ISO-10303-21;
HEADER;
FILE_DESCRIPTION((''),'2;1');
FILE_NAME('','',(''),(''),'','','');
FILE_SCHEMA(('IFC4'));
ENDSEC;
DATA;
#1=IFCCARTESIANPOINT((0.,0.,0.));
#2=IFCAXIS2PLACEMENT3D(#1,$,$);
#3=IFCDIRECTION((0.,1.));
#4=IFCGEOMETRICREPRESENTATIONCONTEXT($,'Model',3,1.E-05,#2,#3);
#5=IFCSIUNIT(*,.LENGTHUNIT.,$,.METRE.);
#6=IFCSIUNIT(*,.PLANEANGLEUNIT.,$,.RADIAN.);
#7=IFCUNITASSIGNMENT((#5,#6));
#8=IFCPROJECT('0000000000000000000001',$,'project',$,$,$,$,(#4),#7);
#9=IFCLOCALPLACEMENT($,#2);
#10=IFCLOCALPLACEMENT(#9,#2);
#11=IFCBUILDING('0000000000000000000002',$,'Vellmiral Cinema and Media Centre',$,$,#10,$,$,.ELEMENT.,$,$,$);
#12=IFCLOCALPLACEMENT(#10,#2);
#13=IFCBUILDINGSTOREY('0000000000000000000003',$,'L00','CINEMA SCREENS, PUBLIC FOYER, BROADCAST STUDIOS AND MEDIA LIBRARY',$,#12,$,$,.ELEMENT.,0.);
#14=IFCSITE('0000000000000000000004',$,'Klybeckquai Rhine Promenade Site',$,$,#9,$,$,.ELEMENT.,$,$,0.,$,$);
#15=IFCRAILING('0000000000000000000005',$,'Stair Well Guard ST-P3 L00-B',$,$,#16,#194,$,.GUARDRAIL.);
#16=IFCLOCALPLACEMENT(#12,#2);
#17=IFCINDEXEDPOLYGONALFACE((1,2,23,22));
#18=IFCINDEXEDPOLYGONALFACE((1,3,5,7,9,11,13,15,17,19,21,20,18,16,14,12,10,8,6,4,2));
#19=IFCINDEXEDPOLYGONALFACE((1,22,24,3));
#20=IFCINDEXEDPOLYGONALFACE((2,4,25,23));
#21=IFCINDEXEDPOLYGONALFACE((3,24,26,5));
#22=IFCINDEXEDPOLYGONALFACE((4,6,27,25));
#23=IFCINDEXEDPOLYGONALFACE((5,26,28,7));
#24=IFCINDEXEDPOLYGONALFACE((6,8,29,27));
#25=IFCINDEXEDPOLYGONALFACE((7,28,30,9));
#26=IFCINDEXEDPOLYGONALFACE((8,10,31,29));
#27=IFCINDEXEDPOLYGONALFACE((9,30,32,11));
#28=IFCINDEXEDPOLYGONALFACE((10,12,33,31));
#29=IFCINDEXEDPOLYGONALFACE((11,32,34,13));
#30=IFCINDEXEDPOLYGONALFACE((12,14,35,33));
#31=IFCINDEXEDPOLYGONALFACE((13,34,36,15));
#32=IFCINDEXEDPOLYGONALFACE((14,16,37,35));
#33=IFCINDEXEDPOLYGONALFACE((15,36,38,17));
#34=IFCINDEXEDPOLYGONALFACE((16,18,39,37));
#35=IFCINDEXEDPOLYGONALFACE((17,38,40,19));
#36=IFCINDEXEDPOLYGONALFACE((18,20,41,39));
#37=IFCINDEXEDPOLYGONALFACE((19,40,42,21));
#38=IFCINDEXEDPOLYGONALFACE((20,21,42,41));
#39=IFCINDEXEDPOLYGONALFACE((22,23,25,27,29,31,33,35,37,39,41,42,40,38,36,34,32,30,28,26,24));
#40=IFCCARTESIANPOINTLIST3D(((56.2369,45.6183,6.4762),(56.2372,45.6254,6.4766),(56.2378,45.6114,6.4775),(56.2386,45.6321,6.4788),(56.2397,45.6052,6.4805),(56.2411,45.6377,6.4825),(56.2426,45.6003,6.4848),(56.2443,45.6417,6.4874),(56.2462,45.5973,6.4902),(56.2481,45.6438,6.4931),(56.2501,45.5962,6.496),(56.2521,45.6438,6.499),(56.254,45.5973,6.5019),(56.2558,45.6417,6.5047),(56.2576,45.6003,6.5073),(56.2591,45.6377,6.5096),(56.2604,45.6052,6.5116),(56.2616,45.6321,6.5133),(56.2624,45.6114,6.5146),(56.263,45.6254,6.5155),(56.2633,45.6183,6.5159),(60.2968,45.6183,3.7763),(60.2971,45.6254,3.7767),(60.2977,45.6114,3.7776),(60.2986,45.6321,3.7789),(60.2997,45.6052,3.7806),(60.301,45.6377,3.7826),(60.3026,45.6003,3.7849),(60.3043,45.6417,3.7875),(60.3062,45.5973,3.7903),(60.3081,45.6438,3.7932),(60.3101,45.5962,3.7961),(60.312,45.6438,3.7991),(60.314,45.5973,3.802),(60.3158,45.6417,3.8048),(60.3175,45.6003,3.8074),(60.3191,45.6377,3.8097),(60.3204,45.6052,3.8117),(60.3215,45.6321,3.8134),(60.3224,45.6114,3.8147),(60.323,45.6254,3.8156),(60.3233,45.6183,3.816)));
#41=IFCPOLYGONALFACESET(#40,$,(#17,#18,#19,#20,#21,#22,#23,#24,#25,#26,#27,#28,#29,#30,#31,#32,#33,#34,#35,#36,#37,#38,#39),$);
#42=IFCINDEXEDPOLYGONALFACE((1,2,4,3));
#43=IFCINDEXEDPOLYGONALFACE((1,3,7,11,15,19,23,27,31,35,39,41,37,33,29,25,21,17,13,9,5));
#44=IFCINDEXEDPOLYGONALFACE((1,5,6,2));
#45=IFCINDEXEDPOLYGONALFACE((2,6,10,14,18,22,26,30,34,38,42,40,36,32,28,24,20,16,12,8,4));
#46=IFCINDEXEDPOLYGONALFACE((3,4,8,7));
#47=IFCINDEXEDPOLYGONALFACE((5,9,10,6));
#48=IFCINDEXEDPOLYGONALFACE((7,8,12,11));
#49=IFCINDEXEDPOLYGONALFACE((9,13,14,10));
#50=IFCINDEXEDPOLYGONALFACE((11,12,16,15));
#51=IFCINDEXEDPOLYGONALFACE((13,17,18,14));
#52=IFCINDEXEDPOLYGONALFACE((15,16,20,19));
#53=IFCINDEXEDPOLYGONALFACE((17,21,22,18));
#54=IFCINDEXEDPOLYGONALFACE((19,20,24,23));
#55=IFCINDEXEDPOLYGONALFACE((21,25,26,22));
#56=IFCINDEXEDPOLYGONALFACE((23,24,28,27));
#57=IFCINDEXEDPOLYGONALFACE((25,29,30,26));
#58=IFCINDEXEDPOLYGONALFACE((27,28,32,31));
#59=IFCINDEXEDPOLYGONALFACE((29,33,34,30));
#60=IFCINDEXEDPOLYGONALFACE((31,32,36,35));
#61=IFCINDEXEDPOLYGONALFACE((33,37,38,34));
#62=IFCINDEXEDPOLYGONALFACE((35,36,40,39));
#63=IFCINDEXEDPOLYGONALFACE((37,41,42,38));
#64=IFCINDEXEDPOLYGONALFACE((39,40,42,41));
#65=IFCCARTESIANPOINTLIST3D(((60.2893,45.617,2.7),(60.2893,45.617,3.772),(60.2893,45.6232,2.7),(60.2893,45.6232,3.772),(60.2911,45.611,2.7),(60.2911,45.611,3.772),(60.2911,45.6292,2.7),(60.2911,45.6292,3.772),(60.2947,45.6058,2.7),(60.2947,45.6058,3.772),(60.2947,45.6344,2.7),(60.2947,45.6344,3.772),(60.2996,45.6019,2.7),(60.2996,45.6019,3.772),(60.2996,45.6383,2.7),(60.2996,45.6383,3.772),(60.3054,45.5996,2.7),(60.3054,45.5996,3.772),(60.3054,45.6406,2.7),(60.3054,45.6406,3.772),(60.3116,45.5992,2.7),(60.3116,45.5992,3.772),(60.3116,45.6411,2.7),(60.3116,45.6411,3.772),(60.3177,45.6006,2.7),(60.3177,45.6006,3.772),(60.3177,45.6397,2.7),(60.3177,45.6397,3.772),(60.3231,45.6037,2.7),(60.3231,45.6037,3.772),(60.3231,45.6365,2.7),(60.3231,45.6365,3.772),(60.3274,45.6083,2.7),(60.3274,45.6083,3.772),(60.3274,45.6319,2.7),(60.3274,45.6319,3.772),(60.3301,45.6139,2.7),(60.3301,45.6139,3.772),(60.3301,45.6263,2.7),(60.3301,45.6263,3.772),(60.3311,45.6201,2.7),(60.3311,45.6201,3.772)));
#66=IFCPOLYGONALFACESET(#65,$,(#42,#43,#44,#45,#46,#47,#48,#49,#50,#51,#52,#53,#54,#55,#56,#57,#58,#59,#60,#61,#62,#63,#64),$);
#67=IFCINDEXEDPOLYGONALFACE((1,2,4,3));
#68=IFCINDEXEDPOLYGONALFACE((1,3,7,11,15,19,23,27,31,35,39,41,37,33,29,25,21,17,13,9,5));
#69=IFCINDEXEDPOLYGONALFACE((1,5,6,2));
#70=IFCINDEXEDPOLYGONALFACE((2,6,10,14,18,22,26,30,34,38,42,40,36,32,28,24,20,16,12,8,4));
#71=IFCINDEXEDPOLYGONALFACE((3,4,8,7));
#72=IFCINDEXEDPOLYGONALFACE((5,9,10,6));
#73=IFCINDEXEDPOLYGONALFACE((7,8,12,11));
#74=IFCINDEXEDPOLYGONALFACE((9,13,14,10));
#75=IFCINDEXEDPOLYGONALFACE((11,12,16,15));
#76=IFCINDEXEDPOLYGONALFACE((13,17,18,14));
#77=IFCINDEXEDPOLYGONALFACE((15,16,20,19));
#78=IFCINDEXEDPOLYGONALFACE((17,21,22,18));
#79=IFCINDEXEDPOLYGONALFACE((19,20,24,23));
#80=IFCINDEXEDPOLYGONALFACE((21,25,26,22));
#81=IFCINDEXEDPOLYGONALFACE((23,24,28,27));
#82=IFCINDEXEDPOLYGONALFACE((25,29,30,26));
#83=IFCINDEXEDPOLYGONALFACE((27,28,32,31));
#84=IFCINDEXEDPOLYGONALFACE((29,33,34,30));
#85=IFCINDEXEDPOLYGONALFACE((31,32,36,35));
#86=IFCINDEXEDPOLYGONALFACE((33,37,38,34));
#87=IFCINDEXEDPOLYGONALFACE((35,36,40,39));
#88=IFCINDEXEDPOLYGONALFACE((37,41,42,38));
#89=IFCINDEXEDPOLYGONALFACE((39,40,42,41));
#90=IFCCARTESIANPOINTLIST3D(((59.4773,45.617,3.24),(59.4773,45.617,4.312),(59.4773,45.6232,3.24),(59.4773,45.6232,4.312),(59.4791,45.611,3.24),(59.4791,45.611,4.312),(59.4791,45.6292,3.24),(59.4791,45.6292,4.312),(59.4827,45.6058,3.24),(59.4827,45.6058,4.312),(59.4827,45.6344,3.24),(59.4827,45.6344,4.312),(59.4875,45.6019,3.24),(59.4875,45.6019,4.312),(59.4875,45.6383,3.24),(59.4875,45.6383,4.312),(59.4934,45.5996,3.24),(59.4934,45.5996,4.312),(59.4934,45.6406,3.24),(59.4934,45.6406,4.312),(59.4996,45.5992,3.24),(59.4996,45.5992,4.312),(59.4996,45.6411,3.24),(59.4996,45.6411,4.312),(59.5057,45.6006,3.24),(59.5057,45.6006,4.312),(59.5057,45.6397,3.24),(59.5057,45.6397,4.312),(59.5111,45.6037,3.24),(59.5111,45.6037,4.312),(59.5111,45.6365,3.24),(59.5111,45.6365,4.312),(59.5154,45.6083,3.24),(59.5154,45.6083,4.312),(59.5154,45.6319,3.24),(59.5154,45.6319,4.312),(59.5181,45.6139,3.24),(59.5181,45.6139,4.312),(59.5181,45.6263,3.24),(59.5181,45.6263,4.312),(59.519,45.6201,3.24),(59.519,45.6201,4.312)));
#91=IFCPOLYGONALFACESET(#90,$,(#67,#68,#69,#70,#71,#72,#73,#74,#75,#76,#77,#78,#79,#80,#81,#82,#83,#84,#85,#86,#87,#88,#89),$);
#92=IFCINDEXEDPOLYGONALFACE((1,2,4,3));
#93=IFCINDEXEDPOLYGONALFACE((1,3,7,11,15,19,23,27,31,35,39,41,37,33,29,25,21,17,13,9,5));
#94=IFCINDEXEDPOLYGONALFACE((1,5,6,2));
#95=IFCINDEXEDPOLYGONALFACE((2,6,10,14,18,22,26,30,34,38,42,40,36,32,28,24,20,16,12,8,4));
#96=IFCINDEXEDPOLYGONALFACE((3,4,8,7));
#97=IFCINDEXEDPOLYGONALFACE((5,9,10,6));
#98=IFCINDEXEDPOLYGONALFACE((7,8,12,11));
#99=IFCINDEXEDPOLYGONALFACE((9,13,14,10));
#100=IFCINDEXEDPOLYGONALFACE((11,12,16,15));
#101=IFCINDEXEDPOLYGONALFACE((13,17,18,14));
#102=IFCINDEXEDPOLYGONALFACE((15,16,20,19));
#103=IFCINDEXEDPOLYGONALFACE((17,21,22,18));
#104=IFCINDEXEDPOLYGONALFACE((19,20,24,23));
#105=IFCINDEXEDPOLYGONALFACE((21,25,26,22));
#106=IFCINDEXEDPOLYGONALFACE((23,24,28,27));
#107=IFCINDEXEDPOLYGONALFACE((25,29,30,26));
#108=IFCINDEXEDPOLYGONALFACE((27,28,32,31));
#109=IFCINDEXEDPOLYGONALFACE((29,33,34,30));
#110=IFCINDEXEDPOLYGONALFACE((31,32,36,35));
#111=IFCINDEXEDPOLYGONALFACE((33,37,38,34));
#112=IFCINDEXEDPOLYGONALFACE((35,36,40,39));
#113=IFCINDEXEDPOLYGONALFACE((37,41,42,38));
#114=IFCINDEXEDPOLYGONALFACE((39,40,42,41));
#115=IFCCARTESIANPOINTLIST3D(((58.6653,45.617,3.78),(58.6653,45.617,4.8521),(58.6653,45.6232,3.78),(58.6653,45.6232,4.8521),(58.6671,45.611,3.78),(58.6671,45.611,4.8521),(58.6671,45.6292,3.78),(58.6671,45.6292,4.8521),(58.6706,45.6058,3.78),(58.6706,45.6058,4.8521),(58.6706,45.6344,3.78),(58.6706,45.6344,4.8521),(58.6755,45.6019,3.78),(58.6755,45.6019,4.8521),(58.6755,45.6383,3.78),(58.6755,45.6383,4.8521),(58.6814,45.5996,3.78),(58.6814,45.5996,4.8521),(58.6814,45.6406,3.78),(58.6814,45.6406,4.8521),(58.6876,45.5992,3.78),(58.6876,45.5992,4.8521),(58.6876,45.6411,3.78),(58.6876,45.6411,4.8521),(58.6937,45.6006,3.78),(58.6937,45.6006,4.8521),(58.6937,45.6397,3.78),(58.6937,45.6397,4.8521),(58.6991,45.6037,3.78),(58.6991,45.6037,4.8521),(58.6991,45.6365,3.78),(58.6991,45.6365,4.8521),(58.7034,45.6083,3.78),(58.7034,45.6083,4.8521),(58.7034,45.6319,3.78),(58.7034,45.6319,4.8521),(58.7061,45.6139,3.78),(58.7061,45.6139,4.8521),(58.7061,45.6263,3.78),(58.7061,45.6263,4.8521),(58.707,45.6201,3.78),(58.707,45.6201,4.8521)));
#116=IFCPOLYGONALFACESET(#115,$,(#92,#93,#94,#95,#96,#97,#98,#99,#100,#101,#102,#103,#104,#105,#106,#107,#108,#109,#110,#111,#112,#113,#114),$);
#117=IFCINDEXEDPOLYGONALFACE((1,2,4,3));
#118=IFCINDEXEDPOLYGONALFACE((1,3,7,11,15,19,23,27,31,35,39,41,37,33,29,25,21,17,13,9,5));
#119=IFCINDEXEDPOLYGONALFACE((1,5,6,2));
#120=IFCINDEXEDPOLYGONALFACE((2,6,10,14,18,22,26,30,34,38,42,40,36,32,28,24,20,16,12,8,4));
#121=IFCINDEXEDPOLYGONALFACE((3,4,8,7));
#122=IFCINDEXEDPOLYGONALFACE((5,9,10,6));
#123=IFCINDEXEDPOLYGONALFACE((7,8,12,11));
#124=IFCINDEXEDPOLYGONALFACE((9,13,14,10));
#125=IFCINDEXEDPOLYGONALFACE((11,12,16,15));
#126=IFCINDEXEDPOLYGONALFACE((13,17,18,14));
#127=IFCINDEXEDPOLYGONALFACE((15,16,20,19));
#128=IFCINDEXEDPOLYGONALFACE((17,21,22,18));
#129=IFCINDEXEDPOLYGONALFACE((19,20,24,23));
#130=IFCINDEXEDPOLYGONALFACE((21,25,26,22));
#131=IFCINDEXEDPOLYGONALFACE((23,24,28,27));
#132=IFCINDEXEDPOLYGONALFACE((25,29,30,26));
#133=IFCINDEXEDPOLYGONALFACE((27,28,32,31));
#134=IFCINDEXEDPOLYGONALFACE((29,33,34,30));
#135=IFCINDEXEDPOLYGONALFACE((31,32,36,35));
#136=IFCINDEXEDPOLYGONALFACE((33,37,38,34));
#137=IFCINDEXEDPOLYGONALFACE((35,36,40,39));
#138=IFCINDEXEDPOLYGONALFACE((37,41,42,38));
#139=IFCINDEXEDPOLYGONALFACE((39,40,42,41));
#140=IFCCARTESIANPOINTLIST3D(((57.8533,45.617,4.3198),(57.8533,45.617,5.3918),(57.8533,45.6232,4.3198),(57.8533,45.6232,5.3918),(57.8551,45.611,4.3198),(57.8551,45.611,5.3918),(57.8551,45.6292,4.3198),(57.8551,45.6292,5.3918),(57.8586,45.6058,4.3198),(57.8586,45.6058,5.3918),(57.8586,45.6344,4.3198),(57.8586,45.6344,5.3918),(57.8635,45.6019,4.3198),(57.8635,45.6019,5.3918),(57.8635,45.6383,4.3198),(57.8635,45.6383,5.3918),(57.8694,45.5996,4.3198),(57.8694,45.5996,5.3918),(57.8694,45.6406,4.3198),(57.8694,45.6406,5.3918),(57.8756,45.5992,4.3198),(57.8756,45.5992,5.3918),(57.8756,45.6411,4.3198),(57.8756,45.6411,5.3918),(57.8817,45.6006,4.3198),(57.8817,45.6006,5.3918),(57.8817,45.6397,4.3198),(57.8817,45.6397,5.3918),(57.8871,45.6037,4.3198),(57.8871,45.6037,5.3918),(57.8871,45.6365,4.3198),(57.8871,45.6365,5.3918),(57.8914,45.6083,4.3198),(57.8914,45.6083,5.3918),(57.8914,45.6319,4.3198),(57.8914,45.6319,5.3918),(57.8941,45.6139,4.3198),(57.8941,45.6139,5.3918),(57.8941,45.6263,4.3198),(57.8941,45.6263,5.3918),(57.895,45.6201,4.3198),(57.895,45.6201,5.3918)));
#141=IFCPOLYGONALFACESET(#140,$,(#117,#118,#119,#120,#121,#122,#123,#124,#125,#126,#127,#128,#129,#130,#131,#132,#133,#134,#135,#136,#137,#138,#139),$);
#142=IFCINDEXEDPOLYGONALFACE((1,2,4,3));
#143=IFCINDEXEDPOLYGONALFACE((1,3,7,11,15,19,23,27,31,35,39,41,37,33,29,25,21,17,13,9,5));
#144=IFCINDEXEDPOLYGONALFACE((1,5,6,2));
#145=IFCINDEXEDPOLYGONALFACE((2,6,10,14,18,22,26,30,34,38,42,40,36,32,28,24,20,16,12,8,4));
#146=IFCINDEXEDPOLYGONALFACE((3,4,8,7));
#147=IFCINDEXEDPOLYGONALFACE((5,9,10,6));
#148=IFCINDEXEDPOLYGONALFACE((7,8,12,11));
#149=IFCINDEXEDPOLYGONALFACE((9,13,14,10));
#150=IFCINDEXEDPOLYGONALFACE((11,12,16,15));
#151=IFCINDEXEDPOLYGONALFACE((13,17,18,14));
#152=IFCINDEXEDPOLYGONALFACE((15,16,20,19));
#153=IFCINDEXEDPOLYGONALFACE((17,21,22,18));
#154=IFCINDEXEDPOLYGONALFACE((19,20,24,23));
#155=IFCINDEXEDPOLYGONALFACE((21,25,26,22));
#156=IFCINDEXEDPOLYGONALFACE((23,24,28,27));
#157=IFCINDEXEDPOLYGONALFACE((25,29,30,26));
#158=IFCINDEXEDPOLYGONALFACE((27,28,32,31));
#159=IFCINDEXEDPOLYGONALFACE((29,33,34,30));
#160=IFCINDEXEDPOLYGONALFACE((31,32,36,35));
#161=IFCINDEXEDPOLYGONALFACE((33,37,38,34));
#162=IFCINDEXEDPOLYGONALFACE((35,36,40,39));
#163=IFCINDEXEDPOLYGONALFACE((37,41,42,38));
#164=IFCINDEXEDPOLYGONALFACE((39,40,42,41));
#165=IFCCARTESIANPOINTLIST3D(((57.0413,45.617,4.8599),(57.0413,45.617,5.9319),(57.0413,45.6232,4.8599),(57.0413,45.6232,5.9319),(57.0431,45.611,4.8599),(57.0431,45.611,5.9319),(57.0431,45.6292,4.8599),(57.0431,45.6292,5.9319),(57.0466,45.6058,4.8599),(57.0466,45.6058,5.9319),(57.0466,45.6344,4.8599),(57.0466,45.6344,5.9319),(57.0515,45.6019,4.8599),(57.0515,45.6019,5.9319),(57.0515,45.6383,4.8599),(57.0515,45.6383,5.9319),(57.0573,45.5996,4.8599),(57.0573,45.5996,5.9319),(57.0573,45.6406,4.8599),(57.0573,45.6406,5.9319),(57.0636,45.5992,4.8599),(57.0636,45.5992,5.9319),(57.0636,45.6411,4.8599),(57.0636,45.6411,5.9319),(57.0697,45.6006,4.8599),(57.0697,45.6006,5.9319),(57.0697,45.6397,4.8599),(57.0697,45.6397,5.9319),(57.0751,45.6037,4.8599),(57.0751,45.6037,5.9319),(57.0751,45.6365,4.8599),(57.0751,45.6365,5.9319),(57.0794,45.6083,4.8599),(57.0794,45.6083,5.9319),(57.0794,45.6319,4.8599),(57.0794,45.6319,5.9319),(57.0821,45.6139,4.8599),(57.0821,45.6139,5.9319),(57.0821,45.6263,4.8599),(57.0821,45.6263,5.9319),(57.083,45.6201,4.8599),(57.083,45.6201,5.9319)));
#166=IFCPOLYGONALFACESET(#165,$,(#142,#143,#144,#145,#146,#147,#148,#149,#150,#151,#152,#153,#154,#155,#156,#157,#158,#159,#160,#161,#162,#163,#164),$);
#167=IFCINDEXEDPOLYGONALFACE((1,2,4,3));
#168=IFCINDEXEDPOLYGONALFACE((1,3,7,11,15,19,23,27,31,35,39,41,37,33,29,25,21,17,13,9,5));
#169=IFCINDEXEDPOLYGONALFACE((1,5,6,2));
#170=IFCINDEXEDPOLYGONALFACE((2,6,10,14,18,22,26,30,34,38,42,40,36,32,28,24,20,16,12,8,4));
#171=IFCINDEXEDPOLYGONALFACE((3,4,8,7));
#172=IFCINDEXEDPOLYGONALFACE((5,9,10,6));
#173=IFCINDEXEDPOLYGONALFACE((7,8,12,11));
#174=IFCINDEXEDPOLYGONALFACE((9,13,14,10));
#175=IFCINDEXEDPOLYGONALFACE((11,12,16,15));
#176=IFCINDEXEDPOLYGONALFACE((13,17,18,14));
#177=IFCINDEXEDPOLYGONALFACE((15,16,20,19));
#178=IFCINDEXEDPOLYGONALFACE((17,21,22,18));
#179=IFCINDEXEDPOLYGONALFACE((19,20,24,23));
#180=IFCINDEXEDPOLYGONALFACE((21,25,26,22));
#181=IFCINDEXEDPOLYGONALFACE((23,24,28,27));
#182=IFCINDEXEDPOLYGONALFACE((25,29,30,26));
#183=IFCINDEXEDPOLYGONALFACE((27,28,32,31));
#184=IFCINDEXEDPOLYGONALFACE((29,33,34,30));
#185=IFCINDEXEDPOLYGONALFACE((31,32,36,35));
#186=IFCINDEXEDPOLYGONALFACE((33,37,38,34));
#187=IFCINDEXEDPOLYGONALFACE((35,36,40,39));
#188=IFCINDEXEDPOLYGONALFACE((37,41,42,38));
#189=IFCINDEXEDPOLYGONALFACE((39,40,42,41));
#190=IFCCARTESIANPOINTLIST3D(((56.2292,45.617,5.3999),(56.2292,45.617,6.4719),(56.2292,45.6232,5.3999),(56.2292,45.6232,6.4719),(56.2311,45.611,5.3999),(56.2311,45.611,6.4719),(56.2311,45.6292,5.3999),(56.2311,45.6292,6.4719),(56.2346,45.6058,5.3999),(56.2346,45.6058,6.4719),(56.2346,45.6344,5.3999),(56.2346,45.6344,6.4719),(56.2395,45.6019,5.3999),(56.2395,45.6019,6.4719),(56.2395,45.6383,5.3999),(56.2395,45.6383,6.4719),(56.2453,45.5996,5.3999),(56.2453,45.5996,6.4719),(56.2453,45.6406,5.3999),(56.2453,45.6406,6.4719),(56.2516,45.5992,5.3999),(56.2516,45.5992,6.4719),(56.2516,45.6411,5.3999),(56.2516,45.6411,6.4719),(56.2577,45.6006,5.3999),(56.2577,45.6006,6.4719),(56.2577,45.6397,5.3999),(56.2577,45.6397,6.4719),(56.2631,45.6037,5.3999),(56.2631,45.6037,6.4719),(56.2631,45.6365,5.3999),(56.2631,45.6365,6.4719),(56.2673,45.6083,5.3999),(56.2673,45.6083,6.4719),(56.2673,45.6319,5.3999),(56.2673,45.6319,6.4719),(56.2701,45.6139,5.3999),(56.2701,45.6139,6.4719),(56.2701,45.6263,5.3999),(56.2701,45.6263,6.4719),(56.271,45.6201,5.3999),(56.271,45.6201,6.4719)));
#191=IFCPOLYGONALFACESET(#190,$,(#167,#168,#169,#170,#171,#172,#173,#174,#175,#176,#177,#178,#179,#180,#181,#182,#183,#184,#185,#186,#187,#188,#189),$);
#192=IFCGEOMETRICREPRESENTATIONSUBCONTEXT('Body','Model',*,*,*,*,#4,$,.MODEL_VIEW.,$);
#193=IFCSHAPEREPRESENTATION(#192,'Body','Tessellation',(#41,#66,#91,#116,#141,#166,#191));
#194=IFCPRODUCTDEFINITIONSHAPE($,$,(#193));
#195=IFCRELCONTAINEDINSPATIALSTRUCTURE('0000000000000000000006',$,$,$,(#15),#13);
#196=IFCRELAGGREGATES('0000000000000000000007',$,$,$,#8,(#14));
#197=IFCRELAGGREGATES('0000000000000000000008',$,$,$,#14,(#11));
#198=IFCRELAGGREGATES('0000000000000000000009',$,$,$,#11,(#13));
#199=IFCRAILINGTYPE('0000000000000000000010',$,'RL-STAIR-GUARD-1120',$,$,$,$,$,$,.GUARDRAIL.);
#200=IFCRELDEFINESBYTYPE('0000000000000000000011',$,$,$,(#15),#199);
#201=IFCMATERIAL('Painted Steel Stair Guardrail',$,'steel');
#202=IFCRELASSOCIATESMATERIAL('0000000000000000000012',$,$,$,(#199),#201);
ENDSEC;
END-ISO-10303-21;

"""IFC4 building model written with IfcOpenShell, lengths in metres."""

from ifc_helpers import new_model, si_unit, direction, frame, origin, origin_2d, place, context, subcontext, project, spatial, circle, extrude, material, type_object, element, save


model = new_model("IFC4")

# Units and contexts
model_context = context("Model", 3, precision=1e-05, world=origin(), true_north=direction((0.0, 1.0)))
body_context = subcontext(model_context, "Body", "Model", "MODEL_VIEW")
ifc_project = project(units=[si_unit("LENGTHUNIT", "METRE"), si_unit("PLANEANGLEUNIT", "RADIAN")], contexts=[model_context])

# Site, building, storey
site_placement = place(None, origin())
site = spatial("IfcSite", under=ifc_project, at=site_placement, Name="Klybeckquai Rhine Promenade Site", CompositionType="ELEMENT", RefElevation=0.0)
building_placement = place(site_placement, origin())
building = spatial("IfcBuilding", under=site, at=building_placement, Name="Vellmiral Cinema and Media Centre", CompositionType="ELEMENT")
storey_placement = place(building_placement, origin())
storey = spatial("IfcBuildingStorey", under=building, at=storey_placement, Name="L00", Description="CINEMA SCREENS, PUBLIC FOYER, BROADCAST STUDIOS AND MEDIA LIBRARY", CompositionType="ELEMENT", Elevation=0.0)

# Railing
ifc_material_1 = material(Name="Painted Steel Stair Guardrail", Category="steel")
railing_type_1 = type_object("IfcRailingType", Name="RL-STAIR-GUARD-1120", PredefinedType="GUARDRAIL", material=ifc_material_1)
railing_1_placement = place(storey_placement, frame((60.3101, 45.6201, 2.7)))
element("IfcRailing", 1, at=railing_1_placement, inside=storey, type_object=railing_type_1, Name="Stair Well Guard ST-P3 L00-B", PredefinedType="GUARDRAIL", context=body_context, shape_type="SweptSolid", body=[
    extrude(circle(Radius=0.0239, at=origin_2d()), frame((0.0, 0.0, 1.0962), z_axis=(-0.832689, 0.0, 0.553741), x_axis=(0.0, -1.0, 0.0)), (0.0, 0.0, 1.0), 4.8757),
    extrude(circle(Radius=0.021, at=origin_2d()), origin(), (0.0, 0.0, 1.0), 1.072),
    extrude(circle(Radius=0.021, at=origin_2d()), frame((-0.812, 0.0, 0.54)), (0.0, 0.0, 1.0), 1.072),
    extrude(circle(Radius=0.021, at=origin_2d()), frame((-1.624, 0.0, 1.0801)), (0.0, 0.0, 1.0), 1.072),
    extrude(circle(Radius=0.021, at=origin_2d()), frame((-2.436, 0.0, 1.6199)), (0.0, 0.0, 1.0), 1.072),
    extrude(circle(Radius=0.021, at=origin_2d()), frame((-3.248, 0.0, 2.1599)), (0.0, 0.0, 1.0), 1.072),
    extrude(circle(Radius=0.021, at=origin_2d()), frame((-4.0601, 0.0, 2.7)), (0.0, 0.0, 1.0), 1.072),
])

save(model, "model.ifc")
